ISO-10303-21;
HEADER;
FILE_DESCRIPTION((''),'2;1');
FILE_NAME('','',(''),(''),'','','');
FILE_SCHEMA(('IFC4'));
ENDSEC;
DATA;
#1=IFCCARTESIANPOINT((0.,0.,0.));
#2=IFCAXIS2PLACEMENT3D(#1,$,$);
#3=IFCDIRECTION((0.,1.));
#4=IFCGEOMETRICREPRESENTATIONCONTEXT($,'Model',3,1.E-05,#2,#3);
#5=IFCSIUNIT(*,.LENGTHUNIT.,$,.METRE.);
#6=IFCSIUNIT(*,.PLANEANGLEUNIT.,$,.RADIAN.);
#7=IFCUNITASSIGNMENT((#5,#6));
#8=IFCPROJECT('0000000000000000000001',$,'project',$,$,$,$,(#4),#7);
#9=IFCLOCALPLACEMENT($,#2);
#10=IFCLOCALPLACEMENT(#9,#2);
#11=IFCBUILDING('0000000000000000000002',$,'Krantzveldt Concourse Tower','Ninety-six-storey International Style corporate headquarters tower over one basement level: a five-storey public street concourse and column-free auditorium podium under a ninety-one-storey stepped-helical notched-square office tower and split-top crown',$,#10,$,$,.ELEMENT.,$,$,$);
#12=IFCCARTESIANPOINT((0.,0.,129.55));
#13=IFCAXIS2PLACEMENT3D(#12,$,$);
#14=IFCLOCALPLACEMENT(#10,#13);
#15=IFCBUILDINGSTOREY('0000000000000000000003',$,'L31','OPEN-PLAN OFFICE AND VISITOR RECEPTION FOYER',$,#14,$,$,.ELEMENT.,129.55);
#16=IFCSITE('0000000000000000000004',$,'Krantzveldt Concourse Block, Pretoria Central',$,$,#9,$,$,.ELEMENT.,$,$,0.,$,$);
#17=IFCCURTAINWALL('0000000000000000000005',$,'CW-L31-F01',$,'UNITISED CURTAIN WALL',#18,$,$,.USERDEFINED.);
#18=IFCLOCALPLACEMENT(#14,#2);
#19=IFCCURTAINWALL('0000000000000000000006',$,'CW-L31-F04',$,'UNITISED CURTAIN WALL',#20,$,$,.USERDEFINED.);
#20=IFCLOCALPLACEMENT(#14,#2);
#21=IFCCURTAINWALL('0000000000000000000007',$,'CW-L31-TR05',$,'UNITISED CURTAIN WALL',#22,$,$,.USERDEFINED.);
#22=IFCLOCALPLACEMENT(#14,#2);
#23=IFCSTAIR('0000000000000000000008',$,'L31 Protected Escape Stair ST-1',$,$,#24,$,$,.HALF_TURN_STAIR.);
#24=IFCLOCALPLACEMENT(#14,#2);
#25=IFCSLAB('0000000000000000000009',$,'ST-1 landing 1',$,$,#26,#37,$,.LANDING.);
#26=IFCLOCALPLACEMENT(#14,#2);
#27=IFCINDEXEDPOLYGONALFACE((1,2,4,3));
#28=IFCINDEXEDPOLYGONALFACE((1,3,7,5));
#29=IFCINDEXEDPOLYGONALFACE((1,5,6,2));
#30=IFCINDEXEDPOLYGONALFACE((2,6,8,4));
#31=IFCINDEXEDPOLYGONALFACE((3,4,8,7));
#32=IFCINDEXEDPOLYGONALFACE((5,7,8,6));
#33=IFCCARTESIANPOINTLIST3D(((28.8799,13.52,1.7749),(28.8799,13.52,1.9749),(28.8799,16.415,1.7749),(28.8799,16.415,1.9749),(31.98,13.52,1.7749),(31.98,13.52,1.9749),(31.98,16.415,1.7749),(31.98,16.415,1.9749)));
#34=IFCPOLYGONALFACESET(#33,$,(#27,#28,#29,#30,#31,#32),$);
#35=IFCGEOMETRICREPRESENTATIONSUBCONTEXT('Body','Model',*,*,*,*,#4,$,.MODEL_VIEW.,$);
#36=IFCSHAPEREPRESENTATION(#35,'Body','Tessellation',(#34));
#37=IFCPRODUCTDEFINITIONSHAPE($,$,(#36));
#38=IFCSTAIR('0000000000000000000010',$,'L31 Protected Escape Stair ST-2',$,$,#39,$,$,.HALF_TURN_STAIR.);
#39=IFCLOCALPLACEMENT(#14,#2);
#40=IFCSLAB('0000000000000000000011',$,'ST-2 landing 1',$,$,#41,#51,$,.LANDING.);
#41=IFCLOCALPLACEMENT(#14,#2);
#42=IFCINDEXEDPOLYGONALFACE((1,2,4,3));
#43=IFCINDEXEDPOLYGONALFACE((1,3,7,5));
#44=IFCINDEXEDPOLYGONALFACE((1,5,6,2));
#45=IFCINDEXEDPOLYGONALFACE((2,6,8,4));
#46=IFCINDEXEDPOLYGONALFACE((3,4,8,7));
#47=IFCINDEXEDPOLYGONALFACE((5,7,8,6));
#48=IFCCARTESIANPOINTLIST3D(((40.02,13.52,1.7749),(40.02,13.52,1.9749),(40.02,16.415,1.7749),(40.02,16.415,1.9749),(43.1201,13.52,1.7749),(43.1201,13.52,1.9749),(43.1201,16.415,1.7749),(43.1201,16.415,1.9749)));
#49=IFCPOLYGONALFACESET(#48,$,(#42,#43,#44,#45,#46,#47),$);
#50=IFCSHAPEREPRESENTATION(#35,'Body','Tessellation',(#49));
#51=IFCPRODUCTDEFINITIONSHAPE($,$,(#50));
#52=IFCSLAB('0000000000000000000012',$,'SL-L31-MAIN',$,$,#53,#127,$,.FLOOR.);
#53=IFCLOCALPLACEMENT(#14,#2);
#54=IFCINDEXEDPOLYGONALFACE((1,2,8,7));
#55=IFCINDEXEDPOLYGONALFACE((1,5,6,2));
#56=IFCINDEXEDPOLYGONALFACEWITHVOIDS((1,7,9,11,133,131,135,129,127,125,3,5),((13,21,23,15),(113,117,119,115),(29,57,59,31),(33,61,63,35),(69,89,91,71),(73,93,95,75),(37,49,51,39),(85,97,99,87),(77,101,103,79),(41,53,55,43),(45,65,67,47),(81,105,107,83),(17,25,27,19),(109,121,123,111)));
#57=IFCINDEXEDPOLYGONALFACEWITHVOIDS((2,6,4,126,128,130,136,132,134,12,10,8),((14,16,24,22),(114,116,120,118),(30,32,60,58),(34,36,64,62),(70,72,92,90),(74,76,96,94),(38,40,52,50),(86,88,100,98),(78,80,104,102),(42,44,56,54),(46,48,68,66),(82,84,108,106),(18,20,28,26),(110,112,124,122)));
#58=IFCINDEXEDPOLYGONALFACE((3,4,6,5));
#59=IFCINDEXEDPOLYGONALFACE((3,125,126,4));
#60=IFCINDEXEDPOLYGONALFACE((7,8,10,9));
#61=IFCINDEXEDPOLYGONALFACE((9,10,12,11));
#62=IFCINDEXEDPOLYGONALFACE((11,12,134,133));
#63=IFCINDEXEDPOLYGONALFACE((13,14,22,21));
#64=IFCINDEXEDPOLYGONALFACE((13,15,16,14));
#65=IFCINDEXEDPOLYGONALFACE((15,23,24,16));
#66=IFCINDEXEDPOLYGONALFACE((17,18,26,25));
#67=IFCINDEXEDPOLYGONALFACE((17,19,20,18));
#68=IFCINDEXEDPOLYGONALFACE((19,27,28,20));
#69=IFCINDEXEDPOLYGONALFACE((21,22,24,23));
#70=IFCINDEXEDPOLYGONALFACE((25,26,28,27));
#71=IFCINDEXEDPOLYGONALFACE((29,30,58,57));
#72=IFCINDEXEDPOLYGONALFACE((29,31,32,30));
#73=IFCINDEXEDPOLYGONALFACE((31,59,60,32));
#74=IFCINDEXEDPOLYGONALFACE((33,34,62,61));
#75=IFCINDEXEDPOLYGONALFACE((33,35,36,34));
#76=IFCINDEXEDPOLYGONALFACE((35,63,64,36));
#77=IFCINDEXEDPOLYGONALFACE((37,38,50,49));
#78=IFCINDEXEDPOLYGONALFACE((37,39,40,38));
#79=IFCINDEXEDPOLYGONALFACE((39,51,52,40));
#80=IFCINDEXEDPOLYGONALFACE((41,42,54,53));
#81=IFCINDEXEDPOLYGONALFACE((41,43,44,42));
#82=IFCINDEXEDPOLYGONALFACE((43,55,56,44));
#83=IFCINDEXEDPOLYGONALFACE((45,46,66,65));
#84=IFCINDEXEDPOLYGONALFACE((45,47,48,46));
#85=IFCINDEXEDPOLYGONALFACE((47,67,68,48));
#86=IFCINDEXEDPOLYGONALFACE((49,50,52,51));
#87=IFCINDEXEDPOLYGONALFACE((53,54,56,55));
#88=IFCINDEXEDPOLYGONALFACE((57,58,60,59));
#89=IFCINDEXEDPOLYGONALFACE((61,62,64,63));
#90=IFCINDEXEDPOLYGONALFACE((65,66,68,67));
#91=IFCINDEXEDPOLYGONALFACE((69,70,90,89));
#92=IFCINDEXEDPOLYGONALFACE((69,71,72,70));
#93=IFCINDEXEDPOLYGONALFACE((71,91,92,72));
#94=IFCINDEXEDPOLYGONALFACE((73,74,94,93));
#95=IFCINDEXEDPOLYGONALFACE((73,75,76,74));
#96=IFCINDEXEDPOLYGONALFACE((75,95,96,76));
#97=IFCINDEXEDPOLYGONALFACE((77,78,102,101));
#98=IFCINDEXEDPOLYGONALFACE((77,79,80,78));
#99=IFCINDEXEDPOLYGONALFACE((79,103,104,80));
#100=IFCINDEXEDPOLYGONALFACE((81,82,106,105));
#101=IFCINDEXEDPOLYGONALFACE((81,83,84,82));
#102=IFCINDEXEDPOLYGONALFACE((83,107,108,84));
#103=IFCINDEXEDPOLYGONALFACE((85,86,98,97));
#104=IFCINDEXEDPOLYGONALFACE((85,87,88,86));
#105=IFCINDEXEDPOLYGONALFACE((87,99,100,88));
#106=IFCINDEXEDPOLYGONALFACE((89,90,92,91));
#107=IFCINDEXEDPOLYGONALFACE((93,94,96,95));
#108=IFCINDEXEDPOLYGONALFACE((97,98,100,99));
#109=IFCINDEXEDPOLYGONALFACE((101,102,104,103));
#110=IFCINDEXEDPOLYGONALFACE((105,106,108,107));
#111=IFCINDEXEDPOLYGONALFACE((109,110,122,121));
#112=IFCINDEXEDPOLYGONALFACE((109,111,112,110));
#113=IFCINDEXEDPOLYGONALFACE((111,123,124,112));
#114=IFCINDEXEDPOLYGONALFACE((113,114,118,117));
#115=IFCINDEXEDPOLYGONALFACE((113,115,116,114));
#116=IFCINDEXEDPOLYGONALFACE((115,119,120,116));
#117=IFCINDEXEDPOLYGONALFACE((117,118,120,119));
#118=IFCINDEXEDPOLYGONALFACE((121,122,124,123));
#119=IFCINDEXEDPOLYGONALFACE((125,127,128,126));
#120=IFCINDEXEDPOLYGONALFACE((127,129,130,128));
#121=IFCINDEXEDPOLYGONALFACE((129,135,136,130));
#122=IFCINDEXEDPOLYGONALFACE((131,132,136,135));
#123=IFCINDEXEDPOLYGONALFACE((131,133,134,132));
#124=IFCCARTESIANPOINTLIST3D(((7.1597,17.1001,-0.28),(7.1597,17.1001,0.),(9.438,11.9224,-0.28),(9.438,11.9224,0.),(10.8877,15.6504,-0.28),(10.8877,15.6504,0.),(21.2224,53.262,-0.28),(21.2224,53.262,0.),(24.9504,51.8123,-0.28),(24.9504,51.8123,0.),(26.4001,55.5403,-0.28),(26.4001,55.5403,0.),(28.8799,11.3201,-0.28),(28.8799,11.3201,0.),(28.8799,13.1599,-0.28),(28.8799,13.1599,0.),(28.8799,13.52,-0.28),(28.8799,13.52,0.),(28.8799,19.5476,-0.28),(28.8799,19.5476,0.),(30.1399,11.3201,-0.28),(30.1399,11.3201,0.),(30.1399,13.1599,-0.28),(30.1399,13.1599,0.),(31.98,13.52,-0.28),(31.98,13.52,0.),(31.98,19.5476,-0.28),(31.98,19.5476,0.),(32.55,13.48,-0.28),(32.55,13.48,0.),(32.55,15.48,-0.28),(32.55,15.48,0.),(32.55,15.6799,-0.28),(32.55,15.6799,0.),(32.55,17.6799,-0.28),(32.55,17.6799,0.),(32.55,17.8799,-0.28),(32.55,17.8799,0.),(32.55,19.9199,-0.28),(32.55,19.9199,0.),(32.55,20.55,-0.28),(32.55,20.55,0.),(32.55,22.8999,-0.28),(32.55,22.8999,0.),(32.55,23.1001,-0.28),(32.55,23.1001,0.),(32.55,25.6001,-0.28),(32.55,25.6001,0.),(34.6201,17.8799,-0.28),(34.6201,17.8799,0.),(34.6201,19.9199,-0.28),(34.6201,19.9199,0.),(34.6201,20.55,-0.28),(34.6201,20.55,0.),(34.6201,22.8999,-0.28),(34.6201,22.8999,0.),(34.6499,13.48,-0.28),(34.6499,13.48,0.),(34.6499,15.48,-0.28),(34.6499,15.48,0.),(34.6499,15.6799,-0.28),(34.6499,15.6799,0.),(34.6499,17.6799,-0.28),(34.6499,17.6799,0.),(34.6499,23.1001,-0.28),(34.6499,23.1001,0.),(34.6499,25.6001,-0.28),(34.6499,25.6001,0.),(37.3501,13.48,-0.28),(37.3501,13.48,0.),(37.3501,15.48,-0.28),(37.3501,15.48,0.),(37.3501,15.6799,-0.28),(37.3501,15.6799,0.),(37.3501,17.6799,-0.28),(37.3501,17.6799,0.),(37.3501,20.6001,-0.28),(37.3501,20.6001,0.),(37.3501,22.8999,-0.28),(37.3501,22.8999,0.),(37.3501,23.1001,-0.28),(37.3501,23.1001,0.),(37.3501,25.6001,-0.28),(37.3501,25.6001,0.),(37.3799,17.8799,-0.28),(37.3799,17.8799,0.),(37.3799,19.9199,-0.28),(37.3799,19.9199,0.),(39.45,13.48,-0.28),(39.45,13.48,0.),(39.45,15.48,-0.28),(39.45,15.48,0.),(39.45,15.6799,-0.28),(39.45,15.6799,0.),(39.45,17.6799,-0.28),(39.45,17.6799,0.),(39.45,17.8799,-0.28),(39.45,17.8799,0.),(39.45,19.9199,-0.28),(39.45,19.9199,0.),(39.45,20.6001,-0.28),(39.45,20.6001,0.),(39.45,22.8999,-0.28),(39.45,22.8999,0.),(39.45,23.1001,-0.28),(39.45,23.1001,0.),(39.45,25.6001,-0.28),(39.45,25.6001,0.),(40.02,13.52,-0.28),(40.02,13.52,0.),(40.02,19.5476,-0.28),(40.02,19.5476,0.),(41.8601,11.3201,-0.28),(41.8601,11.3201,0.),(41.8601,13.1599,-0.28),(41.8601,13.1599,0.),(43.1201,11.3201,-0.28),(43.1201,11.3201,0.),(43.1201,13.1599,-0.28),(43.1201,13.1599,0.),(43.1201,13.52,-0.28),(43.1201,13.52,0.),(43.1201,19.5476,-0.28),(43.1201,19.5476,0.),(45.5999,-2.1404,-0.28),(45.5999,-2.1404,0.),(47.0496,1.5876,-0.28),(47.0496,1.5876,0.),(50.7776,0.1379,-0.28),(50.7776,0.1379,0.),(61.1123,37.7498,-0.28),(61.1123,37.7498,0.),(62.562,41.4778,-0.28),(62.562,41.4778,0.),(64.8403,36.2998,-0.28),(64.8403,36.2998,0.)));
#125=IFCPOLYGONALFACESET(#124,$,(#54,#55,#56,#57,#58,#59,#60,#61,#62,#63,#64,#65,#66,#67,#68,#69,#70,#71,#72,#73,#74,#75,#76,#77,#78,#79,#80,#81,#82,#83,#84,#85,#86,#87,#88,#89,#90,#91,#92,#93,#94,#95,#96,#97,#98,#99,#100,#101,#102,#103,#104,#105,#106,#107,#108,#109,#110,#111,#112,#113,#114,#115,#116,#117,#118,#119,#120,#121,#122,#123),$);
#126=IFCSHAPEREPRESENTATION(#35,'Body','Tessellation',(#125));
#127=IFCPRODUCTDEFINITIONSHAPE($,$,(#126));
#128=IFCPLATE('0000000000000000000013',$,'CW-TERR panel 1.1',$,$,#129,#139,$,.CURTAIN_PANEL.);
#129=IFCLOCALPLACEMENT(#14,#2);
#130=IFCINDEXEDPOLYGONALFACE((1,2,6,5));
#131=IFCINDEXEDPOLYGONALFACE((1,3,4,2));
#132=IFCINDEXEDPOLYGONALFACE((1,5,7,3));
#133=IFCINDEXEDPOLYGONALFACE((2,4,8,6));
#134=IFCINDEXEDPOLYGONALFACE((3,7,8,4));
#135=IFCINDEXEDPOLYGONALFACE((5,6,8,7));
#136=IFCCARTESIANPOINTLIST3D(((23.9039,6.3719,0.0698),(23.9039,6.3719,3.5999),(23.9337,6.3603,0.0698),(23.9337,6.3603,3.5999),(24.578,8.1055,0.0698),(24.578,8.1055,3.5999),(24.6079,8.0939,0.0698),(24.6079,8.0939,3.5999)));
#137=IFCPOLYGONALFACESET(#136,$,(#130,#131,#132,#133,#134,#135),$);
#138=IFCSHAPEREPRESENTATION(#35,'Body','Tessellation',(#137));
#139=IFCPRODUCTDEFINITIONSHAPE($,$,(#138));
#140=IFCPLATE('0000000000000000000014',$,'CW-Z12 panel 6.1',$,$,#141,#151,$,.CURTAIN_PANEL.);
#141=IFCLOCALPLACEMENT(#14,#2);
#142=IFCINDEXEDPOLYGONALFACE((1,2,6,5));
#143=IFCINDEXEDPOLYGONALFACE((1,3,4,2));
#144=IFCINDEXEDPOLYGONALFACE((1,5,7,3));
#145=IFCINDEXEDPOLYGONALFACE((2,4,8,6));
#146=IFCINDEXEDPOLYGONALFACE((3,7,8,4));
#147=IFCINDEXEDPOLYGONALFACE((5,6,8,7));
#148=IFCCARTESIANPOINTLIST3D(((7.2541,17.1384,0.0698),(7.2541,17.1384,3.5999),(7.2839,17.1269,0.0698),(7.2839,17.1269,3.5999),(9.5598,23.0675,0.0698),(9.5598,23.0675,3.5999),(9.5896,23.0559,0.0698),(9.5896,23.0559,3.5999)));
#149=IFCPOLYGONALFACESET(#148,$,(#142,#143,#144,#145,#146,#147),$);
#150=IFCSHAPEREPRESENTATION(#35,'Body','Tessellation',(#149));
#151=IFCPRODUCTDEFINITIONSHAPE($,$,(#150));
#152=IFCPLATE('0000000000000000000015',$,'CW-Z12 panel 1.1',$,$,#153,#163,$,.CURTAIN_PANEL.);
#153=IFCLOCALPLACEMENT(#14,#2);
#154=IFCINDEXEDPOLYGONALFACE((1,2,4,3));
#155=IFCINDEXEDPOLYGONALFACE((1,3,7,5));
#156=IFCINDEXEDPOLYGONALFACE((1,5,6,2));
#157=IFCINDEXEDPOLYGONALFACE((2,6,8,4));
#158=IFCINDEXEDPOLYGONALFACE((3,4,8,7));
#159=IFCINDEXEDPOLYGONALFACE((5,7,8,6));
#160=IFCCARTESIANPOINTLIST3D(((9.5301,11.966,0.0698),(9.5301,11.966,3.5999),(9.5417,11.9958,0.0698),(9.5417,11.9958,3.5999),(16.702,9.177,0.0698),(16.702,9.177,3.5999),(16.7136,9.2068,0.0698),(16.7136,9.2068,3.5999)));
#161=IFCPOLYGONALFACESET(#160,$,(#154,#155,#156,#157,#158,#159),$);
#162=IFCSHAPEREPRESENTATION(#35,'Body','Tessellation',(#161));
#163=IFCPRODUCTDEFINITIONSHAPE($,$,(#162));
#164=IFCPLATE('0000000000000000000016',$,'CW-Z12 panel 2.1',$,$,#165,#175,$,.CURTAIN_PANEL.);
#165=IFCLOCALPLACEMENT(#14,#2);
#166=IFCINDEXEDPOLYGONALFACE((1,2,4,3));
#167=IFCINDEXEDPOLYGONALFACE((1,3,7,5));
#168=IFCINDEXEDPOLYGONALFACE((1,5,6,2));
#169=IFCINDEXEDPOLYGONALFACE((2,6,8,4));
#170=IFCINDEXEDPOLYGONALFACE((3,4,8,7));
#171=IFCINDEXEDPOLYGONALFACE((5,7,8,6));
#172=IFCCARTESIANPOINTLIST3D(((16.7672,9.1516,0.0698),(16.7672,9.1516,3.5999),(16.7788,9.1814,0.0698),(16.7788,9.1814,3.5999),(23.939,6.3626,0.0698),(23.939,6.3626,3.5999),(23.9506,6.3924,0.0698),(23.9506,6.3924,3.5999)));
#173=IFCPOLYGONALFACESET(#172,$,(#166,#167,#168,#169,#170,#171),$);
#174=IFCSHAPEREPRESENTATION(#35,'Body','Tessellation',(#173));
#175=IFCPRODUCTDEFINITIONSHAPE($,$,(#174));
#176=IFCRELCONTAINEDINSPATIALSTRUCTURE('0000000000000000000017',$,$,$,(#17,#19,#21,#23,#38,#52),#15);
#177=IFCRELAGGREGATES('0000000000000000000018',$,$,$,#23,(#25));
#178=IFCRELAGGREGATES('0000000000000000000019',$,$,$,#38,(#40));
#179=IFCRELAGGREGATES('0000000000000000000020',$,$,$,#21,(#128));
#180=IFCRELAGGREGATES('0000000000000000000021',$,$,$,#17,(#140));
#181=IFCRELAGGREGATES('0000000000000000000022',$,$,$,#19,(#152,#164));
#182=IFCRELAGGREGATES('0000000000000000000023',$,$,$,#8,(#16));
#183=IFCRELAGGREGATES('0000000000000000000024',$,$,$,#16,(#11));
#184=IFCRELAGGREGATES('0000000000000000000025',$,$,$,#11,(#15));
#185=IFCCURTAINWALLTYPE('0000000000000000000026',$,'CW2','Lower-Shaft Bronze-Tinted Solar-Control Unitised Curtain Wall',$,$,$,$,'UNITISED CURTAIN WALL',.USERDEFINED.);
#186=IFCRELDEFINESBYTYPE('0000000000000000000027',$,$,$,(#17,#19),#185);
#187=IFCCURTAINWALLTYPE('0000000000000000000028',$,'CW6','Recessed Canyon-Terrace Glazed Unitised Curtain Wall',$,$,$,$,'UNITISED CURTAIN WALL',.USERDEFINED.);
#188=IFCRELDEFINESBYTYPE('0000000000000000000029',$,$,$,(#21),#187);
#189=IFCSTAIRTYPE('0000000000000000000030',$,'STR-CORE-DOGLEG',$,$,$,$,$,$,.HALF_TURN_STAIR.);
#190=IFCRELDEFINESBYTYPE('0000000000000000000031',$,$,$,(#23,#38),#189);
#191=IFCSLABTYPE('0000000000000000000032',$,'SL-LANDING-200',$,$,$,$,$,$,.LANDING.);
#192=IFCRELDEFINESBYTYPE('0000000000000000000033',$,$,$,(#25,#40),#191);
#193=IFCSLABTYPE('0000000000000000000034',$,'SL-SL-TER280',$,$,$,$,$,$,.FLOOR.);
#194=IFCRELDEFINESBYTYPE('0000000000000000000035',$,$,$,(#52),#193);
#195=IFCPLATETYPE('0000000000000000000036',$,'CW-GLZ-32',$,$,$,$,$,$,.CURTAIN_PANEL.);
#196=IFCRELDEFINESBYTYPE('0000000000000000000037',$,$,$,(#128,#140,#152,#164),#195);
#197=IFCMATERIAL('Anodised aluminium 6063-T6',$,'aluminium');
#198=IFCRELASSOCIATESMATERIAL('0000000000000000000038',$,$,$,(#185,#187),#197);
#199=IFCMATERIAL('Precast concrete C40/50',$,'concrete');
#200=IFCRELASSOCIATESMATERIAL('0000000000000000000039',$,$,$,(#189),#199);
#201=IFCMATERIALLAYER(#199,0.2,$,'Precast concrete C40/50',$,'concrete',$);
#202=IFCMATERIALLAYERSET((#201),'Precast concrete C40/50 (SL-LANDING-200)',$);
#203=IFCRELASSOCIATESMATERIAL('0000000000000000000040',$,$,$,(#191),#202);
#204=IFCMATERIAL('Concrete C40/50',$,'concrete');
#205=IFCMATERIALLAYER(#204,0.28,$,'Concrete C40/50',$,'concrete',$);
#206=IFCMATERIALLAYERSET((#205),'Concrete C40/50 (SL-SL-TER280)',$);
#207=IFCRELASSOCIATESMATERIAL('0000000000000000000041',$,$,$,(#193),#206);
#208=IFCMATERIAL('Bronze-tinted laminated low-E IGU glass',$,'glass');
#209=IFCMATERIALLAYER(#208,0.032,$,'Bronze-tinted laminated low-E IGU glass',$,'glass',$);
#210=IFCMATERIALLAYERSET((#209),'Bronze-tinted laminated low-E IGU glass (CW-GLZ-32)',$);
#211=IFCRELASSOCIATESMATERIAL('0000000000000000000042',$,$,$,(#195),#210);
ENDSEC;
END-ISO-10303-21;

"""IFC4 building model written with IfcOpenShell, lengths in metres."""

from ifc_helpers import new_model, si_unit, direction, frame, origin, origin_2d, place, context, subcontext, project, spatial, polyline, rectangle, outline, extrude, source, transform, mapped, material, layer, layer_set, type_object, type_shapes, element, aggregate, save


model = new_model("IFC4")

# Units and contexts
model_context = context("Model", 3, precision=1e-05, world=origin(), true_north=direction((0.0, 1.0)))
body_context = subcontext(model_context, "Body", "Model", "MODEL_VIEW")
ifc_project = project(units=[si_unit("LENGTHUNIT", "METRE"), si_unit("PLANEANGLEUNIT", "RADIAN")], contexts=[model_context])

# Site, building, storey
site_placement = place(None, origin())
site = spatial("IfcSite", under=ifc_project, at=site_placement, Name="Krantzveldt Concourse Block, Pretoria Central", CompositionType="ELEMENT", RefElevation=0.0)
building_placement = place(site_placement, origin())
building = spatial("IfcBuilding", under=site, at=building_placement, Name="Krantzveldt Concourse Tower", Description="Ninety-six-storey International Style corporate headquarters tower over one basement level: a five-storey public street concourse and column-free auditorium podium under a ninety-one-storey stepped-helical notched-square office tower and split-top crown", CompositionType="ELEMENT")
storey_placement = place(building_placement, frame((0.0, 0.0, 129.55)))
storey = spatial("IfcBuildingStorey", under=building, at=storey_placement, Name="L31", Description="OPEN-PLAN OFFICE AND VISITOR RECEPTION FOYER", CompositionType="ELEMENT", Elevation=129.55)

# Curtain wall
ifc_material_1 = material(Name="Anodised aluminium 6063-T6", Category="aluminium")
curtain_wall_type_1 = type_object("IfcCurtainWallType", Name="CW2", Description="Lower-Shaft Bronze-Tinted Solar-Control Unitised Curtain Wall", ElementType="UNITISED CURTAIN WALL", PredefinedType="USERDEFINED", material=ifc_material_1)
curtain_wall_1_placement = place(storey_placement, origin())
curtain_wall_1 = element("IfcCurtainWall", 1, at=curtain_wall_1_placement, inside=storey, type_object=curtain_wall_type_1, Name="CW-L31-F01", ObjectType="UNITISED CURTAIN WALL", PredefinedType="USERDEFINED")

# Curtain walls
curtain_wall_2_placement = place(storey_placement, origin())
curtain_wall_2 = element("IfcCurtainWall", 2, at=curtain_wall_2_placement, inside=storey, type_object=curtain_wall_type_1, Name="CW-L31-F04", ObjectType="UNITISED CURTAIN WALL", PredefinedType="USERDEFINED")
curtain_wall_type_2 = type_object("IfcCurtainWallType", Name="CW6", Description="Recessed Canyon-Terrace Glazed Unitised Curtain Wall", ElementType="UNITISED CURTAIN WALL", PredefinedType="USERDEFINED", material=ifc_material_1)
curtain_wall_3_placement = place(storey_placement, origin())
curtain_wall_3 = element("IfcCurtainWall", 3, at=curtain_wall_3_placement, inside=storey, type_object=curtain_wall_type_2, Name="CW-L31-TR05", ObjectType="UNITISED CURTAIN WALL", PredefinedType="USERDEFINED")

# Stairs, slabs
ifc_material_2 = material(Name="Precast concrete C40/50", Category="concrete")
stair_type = type_object("IfcStairType", Name="STR-CORE-DOGLEG", PredefinedType="HALF_TURN_STAIR", material=ifc_material_2)
stair_1_placement = place(storey_placement, origin())
stair_1 = element("IfcStair", 4, at=stair_1_placement, inside=storey, type_object=stair_type, Name="L31 Protected Escape Stair ST-1", PredefinedType="HALF_TURN_STAIR")
ifc_layer_1 = layer(ifc_material_2, 0.2, Name="Precast concrete C40/50", Category="concrete")
ifc_layer_set_1 = layer_set([ifc_layer_1], Name="Precast concrete C40/50 (SL-LANDING-200)")
slab_type_1 = type_object("IfcSlabType", Name="SL-LANDING-200", PredefinedType="LANDING", material=ifc_layer_set_1)
slab_1_placement = place(storey_placement, frame((0.0, 0.0, 1.7749)))
slab_1 = element("IfcSlab", 5, at=slab_1_placement, type_object=slab_type_1, Name="ST-1 landing 1", PredefinedType="LANDING", context=body_context, shape_type="SweptSolid", body=[
    extrude(outline(polyline([(28.8799, 16.415), (28.8799, 13.52), (31.98, 13.52), (31.98, 16.415), (28.8799, 16.415)])), origin(), (0.0, 0.0, 1.0), 0.2),
])
aggregate(stair_1, [slab_1])
stair_2_placement = place(storey_placement, origin())
stair_2 = element("IfcStair", 6, at=stair_2_placement, inside=storey, type_object=stair_type, Name="L31 Protected Escape Stair ST-2", PredefinedType="HALF_TURN_STAIR")
slab_2_placement = place(storey_placement, frame((0.0, 0.0, 1.7749)))
slab_2 = element("IfcSlab", 7, at=slab_2_placement, type_object=slab_type_1, Name="ST-2 landing 1", PredefinedType="LANDING", context=body_context, shape_type="SweptSolid", body=[
    extrude(outline(polyline([(40.02, 16.415), (40.02, 13.52), (43.1201, 13.52), (43.1201, 16.415), (40.02, 16.415)])), origin(), (0.0, 0.0, 1.0), 0.2),
])
aggregate(stair_2, [slab_2])

# Slab
ifc_material_3 = material(Name="Concrete C40/50", Category="concrete")
ifc_layer_2 = layer(ifc_material_3, 0.28, Name="Concrete C40/50", Category="concrete")
ifc_layer_set_2 = layer_set([ifc_layer_2], Name="Concrete C40/50 (SL-SL-TER280)")
slab_type_2 = type_object("IfcSlabType", Name="SL-SL-TER280", PredefinedType="FLOOR", material=ifc_layer_set_2)
slab_3_placement = place(storey_placement, frame((0.0, 0.0, -0.28)))
element("IfcSlab", 8, at=slab_3_placement, inside=storey, type_object=slab_type_2, Name="SL-L31-MAIN", PredefinedType="FLOOR", context=body_context, shape_type="SweptSolid", body=[
    extrude(outline(polyline([(24.9504, 51.8123), (21.2224, 53.262), (7.1597, 17.1001), (10.8877, 15.6504), (9.438, 11.9224), (45.5999, -2.1404), (47.0496, 1.5876), (50.7776, 0.1379), (64.8403, 36.2998), (61.1123, 37.7498), (62.562, 41.4778), (26.4001, 55.5403), (24.9504, 51.8123)]), holes=[polyline([(28.8799, 19.5476), (28.8799, 13.52), (31.98, 13.52), (31.98, 19.5476), (28.8799, 19.5476)]), polyline([(40.02, 19.5476), (40.02, 13.52), (43.1201, 13.52), (43.1201, 19.5476), (40.02, 19.5476)]), polyline([(32.55, 23.1001), (34.6499, 23.1001), (34.6499, 25.6001), (32.55, 25.6001), (32.55, 23.1001)]), polyline([(37.3501, 23.1001), (39.45, 23.1001), (39.45, 25.6001), (37.3501, 25.6001), (37.3501, 23.1001)]), polyline([(37.3501, 20.6001), (39.45, 20.6001), (39.45, 22.8999), (37.3501, 22.8999), (37.3501, 20.6001)]), polyline([(32.55, 13.48), (34.6499, 13.48), (34.6499, 15.48), (32.55, 15.48), (32.55, 13.48)]), polyline([(32.55, 15.6799), (34.6499, 15.6799), (34.6499, 17.6799), (32.55, 17.6799), (32.55, 15.6799)]), polyline([(37.3501, 13.48), (39.45, 13.48), (39.45, 15.48), (37.3501, 15.48), (37.3501, 13.48)]), polyline([(37.3501, 15.6799), (39.45, 15.6799), (39.45, 17.6799), (37.3501, 17.6799), (37.3501, 15.6799)]), polyline([(32.55, 20.55), (34.6201, 20.55), (34.6201, 22.8999), (32.55, 22.8999), (32.55, 20.55)]), polyline([(32.55, 17.8799), (34.6201, 17.8799), (34.6201, 19.9199), (32.55, 19.9199), (32.55, 17.8799)]), polyline([(37.3799, 17.8799), (39.45, 17.8799), (39.45, 19.9199), (37.3799, 19.9199), (37.3799, 17.8799)]), polyline([(28.8799, 11.3201), (30.1399, 11.3201), (30.1399, 13.1599), (28.8799, 13.1599), (28.8799, 11.3201)]), polyline([(41.8601, 11.3201), (43.1201, 11.3201), (43.1201, 13.1599), (41.8601, 13.1599), (41.8601, 11.3201)])]), origin(), (0.0, 0.0, 1.0), 0.28),
])

# Plates
ifc_material_4 = material(Name="Bronze-tinted laminated low-E IGU glass", Category="glass")
ifc_layer_3 = layer(ifc_material_4, 0.032, Name="Bronze-tinted laminated low-E IGU glass", Category="glass")
ifc_layer_set_3 = layer_set([ifc_layer_3], Name="Bronze-tinted laminated low-E IGU glass (CW-GLZ-32)")
plate_type = type_object("IfcPlateType", Name="CW-GLZ-32", PredefinedType="CURTAIN_PANEL", material=ifc_layer_set_3)
shared_shape_1 = source(origin(), body_context, "Body", "SweptSolid", [
    extrude(rectangle(XDim=1.8601, YDim=0.032, at=origin_2d()), origin(), (0.0, 0.0, 1.0), 3.53),
])
plate_1_placement = place(storey_placement, frame((24.2559, 7.2329, 0.0698), z_axis=(0.0, 0.0, 1.0), x_axis=(0.362439, 0.932007, 0.0)))
plate_1 = element("IfcPlate", 9, at=plate_1_placement, type_object=plate_type, Name="CW-TERR panel 1.1", PredefinedType="CURTAIN_PANEL", context=body_context, shape_type="MappedRepresentation", body=[
    mapped(shared_shape_1, transform((0.0, 0.0, 0.0), x_axis=(1.0, 0.0, 0.0), y_axis=(0.0, 1.0, 0.0), z_axis=(0.0, 0.0, 1.0), scale=1.0)),
])
aggregate(curtain_wall_3, [plate_1])
shared_shape_2 = source(origin(), body_context, "Body", "SweptSolid", [
    extrude(rectangle(XDim=6.3616, YDim=0.032, at=origin_2d()), origin(), (0.0, 0.0, 1.0), 3.53),
])
plate_2_placement = place(storey_placement, frame((8.4219, 20.0972, 0.0698), z_axis=(0.0, 0.0, 1.0), x_axis=(-0.362438, -0.932008, 0.0)))
plate_2 = element("IfcPlate", 10, at=plate_2_placement, type_object=plate_type, Name="CW-Z12 panel 6.1", PredefinedType="CURTAIN_PANEL", context=body_context, shape_type="MappedRepresentation", body=[
    mapped(shared_shape_2, transform((0.0, 0.0, 0.0), x_axis=(1.0, 0.0, 0.0), y_axis=(0.0, 1.0, 0.0), z_axis=(0.0, 0.0, 1.0), scale=1.0)),
])
aggregate(curtain_wall_1, [plate_2])
shared_shape_3 = source(origin(), body_context, "Body", "SweptSolid", [
    extrude(rectangle(XDim=7.6951, YDim=0.032, at=origin_2d()), origin(), (0.0, 0.0, 1.0), 3.53),
])
type_shapes(plate_type, [shared_shape_1, shared_shape_2, shared_shape_3])
plate_3_placement = place(storey_placement, frame((13.1218, 10.5864, 0.0698), z_axis=(0.0, 0.0, 1.0), x_axis=(0.932008, -0.362438, 0.0)))
plate_3 = element("IfcPlate", 11, at=plate_3_placement, type_object=plate_type, Name="CW-Z12 panel 1.1", PredefinedType="CURTAIN_PANEL", context=body_context, shape_type="MappedRepresentation", body=[
    mapped(shared_shape_3, transform((0.0, 0.0, 0.0), x_axis=(1.0, 0.0, 0.0), y_axis=(0.0, 1.0, 0.0), z_axis=(0.0, 0.0, 1.0), scale=1.0)),
])
plate_4_placement = place(storey_placement, frame((20.3589, 7.772, 0.0698), z_axis=(0.0, 0.0, 1.0), x_axis=(0.932008, -0.362438, 0.0)))
plate_4 = element("IfcPlate", 12, at=plate_4_placement, type_object=plate_type, Name="CW-Z12 panel 2.1", PredefinedType="CURTAIN_PANEL", context=body_context, shape_type="MappedRepresentation", body=[
    mapped(shared_shape_3, transform((0.0, 0.0, 0.0), x_axis=(1.0, 0.0, 0.0), y_axis=(0.0, 1.0, 0.0), z_axis=(0.0, 0.0, 1.0), scale=1.0)),
])
aggregate(curtain_wall_2, [plate_3, plate_4])

save(model, "model.ifc")
